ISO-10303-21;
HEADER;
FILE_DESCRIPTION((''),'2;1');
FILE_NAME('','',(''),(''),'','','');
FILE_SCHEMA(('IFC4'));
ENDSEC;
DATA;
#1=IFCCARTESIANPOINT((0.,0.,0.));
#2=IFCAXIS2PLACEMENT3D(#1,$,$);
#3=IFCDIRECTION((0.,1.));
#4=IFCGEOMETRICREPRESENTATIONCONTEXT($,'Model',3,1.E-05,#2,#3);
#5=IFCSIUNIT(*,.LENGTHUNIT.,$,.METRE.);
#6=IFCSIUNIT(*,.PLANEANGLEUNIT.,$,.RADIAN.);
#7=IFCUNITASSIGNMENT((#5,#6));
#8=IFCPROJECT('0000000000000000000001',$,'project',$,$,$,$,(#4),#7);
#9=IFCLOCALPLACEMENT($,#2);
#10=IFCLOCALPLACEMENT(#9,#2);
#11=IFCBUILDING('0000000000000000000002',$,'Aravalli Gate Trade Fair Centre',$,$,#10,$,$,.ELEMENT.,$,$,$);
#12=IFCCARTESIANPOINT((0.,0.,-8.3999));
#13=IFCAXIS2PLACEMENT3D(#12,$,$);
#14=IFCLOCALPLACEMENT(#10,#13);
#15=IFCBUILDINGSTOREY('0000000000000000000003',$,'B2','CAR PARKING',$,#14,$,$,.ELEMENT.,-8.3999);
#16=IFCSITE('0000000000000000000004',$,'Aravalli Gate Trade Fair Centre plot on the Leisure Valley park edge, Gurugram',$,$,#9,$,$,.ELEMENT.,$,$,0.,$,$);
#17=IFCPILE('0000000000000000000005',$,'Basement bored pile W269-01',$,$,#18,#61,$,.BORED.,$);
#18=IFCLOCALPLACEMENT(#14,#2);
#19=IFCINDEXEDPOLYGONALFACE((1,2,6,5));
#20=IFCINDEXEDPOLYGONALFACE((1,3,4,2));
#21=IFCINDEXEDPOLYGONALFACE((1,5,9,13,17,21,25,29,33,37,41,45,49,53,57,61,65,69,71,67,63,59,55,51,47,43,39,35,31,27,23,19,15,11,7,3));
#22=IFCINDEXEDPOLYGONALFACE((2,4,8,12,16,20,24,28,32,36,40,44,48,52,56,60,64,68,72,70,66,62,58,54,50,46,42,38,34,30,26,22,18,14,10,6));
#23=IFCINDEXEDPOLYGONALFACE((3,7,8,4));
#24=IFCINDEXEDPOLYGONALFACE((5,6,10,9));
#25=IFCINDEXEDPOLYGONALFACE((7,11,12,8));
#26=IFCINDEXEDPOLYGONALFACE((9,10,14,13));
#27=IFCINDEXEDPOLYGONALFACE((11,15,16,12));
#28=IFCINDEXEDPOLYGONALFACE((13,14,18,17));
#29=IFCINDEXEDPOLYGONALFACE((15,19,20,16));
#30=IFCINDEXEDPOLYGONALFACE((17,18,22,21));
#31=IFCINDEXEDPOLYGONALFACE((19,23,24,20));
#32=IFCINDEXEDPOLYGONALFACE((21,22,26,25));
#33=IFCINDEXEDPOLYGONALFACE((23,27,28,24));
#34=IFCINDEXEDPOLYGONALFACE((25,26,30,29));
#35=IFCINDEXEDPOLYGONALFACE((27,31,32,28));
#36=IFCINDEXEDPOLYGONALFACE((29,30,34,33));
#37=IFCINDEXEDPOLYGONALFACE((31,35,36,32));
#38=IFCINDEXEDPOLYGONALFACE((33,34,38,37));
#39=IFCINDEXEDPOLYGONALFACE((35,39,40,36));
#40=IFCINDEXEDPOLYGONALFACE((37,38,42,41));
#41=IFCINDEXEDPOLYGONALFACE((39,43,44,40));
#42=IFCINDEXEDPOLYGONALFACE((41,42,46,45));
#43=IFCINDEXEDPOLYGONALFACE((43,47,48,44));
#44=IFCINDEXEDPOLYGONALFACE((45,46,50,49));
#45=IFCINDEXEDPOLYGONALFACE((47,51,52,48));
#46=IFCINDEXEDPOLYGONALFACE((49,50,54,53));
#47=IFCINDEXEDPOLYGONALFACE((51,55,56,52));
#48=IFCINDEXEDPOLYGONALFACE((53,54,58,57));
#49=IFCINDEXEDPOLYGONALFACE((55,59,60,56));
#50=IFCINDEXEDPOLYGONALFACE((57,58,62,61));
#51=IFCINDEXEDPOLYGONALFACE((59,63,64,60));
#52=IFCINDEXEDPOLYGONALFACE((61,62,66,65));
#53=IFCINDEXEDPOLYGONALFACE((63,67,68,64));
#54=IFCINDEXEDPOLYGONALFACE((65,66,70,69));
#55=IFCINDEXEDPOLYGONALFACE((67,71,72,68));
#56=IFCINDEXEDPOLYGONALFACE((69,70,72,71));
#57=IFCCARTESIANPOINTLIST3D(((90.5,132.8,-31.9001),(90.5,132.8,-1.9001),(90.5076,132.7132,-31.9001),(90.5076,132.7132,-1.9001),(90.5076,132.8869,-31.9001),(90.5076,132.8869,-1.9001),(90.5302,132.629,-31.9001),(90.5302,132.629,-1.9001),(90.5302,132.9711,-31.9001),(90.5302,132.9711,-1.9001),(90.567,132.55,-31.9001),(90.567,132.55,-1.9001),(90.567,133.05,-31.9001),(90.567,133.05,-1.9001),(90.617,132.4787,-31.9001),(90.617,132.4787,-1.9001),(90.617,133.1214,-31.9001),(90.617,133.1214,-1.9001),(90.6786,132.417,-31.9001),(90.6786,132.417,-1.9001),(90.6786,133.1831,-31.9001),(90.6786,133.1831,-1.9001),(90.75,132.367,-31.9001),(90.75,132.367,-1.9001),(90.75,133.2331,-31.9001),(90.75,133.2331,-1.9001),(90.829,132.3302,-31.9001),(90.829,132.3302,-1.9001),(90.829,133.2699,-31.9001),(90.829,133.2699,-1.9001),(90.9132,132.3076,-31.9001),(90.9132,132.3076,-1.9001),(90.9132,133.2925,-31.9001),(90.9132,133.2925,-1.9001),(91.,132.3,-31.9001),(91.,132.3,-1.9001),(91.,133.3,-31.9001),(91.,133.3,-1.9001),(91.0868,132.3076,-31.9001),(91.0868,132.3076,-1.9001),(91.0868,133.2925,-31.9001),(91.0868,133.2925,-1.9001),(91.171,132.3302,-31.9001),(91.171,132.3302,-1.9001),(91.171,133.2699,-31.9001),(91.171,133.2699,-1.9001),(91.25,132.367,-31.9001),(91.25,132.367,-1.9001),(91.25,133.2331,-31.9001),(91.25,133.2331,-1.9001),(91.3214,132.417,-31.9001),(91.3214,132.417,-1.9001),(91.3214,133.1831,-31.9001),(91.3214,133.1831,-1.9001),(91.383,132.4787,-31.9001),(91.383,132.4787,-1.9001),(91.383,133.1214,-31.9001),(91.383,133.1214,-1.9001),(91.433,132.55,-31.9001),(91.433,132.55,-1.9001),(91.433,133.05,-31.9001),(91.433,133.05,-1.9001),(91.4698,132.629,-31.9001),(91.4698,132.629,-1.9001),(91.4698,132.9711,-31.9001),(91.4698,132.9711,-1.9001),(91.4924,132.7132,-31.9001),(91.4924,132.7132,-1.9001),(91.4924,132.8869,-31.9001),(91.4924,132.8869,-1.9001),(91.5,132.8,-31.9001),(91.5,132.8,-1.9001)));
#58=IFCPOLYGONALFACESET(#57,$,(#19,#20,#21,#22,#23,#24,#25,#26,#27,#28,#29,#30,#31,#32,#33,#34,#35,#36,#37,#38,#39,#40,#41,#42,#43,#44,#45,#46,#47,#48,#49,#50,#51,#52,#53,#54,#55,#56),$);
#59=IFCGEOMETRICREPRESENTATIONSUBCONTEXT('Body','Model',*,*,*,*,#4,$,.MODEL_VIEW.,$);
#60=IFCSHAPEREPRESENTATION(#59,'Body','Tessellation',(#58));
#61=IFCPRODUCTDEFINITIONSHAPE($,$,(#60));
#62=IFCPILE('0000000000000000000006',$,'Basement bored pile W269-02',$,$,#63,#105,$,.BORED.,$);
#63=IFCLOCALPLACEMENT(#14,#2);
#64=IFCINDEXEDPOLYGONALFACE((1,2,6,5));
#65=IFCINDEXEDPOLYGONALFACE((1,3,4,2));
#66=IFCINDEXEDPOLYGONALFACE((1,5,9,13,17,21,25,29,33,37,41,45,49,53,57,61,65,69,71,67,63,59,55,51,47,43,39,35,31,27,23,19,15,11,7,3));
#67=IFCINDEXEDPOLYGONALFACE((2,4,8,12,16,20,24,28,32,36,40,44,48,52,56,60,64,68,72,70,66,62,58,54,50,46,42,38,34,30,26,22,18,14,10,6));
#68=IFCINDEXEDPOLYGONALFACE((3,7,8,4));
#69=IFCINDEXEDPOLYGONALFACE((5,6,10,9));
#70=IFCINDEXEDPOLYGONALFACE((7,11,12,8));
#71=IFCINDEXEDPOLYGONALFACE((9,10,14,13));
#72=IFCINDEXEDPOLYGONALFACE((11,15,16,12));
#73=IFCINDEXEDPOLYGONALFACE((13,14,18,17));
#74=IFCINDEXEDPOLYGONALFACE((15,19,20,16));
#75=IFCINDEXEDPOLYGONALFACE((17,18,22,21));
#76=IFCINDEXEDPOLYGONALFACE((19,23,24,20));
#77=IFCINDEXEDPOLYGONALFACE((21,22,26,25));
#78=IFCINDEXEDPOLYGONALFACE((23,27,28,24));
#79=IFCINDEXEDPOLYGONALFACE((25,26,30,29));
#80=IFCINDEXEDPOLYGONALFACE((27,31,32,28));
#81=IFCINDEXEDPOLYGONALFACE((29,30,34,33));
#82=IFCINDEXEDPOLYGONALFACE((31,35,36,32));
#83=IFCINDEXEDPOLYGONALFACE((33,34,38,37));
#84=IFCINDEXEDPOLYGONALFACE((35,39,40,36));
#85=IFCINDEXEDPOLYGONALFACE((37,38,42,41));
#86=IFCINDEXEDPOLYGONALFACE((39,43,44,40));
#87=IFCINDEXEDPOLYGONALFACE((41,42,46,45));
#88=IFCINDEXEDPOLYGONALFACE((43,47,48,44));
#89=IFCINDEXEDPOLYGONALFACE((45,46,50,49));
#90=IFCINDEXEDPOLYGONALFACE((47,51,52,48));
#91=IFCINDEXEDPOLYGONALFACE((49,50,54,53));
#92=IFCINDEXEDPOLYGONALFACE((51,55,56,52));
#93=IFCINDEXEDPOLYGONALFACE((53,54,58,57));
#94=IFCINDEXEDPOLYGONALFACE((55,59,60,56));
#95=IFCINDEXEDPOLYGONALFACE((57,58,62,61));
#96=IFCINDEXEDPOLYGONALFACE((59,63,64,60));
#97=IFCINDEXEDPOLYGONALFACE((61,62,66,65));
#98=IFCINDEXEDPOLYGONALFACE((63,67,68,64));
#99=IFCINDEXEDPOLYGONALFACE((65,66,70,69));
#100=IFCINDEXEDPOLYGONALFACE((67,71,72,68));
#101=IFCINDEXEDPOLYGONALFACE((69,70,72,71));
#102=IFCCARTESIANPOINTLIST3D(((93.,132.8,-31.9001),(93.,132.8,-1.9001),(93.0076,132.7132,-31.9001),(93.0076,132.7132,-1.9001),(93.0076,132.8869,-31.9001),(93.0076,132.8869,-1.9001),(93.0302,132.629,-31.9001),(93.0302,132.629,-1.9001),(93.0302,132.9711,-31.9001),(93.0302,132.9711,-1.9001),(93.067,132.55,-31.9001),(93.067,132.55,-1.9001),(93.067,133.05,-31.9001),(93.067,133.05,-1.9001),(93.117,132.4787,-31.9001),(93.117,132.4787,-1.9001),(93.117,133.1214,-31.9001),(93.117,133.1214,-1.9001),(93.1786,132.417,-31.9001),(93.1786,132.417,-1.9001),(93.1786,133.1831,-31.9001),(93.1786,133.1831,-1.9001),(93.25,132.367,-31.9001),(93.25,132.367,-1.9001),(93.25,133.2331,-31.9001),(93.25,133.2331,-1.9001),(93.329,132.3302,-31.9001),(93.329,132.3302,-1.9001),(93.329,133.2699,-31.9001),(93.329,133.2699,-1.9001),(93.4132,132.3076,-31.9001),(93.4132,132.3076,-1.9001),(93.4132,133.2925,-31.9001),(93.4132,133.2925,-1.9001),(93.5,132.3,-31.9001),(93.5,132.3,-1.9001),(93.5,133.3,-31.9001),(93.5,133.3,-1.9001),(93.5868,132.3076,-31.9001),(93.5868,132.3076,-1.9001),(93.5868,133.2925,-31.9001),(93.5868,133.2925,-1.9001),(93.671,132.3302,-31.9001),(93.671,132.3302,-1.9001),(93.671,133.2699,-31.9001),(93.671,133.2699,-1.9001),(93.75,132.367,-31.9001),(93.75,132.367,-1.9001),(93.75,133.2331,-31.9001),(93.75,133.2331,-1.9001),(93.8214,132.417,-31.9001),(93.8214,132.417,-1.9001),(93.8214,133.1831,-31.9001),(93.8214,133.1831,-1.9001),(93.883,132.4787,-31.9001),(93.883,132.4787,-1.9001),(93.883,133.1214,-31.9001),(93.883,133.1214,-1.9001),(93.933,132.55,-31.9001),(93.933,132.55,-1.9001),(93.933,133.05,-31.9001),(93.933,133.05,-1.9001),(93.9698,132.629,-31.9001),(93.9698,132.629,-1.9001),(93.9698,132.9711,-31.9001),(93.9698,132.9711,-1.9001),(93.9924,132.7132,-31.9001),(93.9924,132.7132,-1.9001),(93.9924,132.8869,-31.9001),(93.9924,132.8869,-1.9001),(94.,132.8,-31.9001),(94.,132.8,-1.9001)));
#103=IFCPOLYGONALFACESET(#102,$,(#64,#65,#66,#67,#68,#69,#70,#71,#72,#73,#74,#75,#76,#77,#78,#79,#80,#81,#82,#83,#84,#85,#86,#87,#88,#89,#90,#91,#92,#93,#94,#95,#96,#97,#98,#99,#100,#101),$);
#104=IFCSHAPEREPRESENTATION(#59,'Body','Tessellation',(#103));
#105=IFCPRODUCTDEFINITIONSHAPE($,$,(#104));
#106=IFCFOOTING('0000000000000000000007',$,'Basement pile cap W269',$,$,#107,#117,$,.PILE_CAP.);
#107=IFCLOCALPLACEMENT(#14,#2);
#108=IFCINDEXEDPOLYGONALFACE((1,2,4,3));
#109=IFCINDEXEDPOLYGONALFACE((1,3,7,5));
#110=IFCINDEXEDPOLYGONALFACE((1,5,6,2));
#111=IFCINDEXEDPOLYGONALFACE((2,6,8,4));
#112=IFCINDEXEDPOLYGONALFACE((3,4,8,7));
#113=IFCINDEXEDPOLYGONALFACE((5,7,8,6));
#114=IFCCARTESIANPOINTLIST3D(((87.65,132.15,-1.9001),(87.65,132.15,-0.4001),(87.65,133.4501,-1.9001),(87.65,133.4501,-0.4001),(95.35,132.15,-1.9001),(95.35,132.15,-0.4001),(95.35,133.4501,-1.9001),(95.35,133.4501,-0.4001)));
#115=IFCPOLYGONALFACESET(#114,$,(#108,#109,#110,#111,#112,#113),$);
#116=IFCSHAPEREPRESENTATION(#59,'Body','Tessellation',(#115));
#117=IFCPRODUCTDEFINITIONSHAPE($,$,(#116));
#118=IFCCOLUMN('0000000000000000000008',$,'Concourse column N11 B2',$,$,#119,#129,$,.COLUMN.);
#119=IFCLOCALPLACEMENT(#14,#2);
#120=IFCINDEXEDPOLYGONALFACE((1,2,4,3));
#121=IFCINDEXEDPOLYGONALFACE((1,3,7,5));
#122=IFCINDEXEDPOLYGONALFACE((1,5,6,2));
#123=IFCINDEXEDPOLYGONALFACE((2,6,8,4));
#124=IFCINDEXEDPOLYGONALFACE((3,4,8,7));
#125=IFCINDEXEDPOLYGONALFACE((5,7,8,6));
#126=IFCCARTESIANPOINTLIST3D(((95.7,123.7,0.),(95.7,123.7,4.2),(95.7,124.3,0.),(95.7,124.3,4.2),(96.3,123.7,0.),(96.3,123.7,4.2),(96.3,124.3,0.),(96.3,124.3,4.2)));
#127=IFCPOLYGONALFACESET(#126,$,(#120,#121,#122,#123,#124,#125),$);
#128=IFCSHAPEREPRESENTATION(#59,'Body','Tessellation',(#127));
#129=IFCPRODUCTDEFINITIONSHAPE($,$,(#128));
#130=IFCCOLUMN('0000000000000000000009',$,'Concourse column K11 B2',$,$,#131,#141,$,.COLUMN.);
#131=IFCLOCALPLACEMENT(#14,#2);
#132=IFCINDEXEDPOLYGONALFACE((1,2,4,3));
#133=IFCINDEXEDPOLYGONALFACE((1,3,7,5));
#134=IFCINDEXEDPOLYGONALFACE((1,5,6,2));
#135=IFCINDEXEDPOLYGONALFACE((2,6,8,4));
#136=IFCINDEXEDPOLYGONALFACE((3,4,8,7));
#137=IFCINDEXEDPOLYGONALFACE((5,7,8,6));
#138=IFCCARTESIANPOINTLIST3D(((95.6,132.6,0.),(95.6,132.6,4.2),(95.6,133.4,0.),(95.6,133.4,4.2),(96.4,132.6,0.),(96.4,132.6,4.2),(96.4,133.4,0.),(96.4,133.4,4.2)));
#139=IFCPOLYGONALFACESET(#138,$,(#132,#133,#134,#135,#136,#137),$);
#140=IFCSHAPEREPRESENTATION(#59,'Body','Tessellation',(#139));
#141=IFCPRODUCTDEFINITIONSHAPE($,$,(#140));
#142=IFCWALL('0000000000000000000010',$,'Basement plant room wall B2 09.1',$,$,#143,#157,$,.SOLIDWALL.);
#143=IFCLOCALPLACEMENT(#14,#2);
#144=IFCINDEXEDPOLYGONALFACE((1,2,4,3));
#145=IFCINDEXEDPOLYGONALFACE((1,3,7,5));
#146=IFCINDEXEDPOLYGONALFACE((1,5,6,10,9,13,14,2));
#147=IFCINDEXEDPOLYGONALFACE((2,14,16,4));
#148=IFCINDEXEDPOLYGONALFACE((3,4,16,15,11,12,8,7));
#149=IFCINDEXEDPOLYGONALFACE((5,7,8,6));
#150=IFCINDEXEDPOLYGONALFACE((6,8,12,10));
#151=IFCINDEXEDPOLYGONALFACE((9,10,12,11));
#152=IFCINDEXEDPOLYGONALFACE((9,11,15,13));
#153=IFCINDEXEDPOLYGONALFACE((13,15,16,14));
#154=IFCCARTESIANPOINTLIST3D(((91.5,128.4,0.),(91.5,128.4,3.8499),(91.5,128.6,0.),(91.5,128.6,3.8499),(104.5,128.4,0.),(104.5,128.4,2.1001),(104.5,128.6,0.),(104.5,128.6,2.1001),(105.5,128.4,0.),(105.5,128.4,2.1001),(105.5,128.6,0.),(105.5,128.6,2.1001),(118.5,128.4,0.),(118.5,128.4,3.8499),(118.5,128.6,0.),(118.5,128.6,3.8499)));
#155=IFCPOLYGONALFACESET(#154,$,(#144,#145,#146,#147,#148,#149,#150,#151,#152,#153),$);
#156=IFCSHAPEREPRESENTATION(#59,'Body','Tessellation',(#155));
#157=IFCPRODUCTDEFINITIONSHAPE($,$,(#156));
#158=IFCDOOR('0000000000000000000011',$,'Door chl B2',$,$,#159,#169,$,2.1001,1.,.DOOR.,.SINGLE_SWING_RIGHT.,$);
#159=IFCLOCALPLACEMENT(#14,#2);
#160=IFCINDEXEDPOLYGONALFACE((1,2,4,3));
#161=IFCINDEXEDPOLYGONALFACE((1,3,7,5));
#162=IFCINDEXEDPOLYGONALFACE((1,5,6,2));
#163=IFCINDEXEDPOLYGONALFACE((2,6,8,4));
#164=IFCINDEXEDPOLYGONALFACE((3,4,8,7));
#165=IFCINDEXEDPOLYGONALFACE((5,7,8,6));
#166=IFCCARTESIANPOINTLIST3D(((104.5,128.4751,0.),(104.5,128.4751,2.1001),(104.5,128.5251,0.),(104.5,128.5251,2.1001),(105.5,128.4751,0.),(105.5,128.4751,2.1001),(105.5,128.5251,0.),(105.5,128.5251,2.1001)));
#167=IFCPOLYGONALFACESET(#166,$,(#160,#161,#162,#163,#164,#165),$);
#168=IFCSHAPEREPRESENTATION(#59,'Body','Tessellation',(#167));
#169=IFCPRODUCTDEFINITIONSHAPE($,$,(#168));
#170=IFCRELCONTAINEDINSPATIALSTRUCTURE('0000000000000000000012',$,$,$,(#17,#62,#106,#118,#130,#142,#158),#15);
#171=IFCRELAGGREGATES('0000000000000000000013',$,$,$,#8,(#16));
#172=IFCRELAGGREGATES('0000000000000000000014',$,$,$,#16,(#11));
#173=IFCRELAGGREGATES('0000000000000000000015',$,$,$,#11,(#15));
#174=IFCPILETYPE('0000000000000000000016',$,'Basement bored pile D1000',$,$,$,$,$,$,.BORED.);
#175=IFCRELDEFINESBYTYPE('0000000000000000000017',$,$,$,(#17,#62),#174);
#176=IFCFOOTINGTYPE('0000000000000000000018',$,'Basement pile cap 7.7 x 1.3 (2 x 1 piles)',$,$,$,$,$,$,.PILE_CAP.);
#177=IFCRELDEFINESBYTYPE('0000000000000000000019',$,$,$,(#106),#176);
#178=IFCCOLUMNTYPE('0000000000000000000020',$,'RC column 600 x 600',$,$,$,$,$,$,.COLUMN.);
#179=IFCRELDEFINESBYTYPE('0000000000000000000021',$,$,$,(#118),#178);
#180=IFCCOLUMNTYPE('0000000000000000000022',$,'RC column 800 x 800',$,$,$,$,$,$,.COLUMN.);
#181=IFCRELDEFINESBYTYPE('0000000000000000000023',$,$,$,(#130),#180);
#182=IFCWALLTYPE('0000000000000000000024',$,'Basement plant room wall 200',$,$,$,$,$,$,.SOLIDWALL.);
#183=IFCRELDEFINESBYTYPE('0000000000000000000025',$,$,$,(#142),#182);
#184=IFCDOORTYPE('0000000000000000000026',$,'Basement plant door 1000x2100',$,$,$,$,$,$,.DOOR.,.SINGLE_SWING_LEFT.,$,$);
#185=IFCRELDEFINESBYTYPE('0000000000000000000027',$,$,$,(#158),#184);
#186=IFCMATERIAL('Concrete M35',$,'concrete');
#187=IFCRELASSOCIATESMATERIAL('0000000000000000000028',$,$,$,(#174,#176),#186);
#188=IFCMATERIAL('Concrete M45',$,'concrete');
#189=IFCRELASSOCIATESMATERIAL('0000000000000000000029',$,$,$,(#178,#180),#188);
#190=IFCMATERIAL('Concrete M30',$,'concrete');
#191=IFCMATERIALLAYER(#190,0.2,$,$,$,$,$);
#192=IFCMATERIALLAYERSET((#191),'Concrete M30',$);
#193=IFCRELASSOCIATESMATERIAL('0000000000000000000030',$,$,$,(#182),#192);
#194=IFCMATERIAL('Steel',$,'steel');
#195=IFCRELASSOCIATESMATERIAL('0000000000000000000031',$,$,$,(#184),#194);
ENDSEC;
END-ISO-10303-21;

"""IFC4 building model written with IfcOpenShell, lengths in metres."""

from ifc_helpers import new_model, si_unit, direction, frame, frame_2d, origin, origin_2d, place, context, subcontext, project, spatial, rectangle, circle, extrude, material, layer, layer_set, material_profile, profile_set, type_object, element, fill, save


model = new_model("IFC4")

# Units and contexts
model_context = context("Model", 3, precision=1e-05, world=origin(), true_north=direction((0.0, 1.0)))
body_context = subcontext(model_context, "Body", "Model", "MODEL_VIEW")
ifc_project = project(units=[si_unit("LENGTHUNIT", "METRE"), si_unit("PLANEANGLEUNIT", "RADIAN")], contexts=[model_context])

# Site, building, storey
site_placement = place(None, origin())
site = spatial("IfcSite", under=ifc_project, at=site_placement, Name="Aravalli Gate Trade Fair Centre plot on the Leisure Valley park edge, Gurugram", CompositionType="ELEMENT", RefElevation=0.0)
building_placement = place(site_placement, origin())
building = spatial("IfcBuilding", under=site, at=building_placement, Name="Aravalli Gate Trade Fair Centre", CompositionType="ELEMENT")
storey_placement = place(building_placement, frame((0.0, 0.0, -8.3999)))
storey = spatial("IfcBuildingStorey", under=building, at=storey_placement, Name="B2", Description="CAR PARKING", CompositionType="ELEMENT", Elevation=-8.3999)

# Piles
ifc_material_1 = material(Name="Concrete M35", Category="concrete")
ifc_material_profile_1 = material_profile(ifc_material_1, circle(Radius=0.5, at=origin_2d()), Name="D1000")
ifc_profile_set_1 = profile_set([ifc_material_profile_1], Name="Concrete M35")
pile_type = type_object("IfcPileType", Name="Basement bored pile D1000", PredefinedType="BORED", material=ifc_profile_set_1)
for number, where, z_axis, x_axis, name in (
    (1, (91.0, 132.8, -1.9001), (0.0, 0.0, -1.0), (1.0, 0.0, 0.0), "Basement bored pile W269-01"),
    (2, (93.5, 132.8, -1.9001), (0.0, 0.0, -1.0), (1.0, 0.0, 0.0), "Basement bored pile W269-02"),
):
    element("IfcPile", number, at=place(storey_placement, frame(where, z_axis=z_axis, x_axis=x_axis)), inside=storey, type_object=pile_type, Name=name, PredefinedType="BORED", context=body_context, shape_type="SweptSolid", body=[
        extrude(circle(Radius=0.5, at=origin_2d()), origin(), (0.0, 0.0, 1.0), 30.0),
    ])

# Footing
footing_type = type_object("IfcFootingType", Name="Basement pile cap 7.7 x 1.3 (2 x 1 piles)", PredefinedType="PILE_CAP", material=ifc_material_1)
footing_placement = place(storey_placement, frame((91.5, 132.8, -1.9001), z_axis=(0.0, 0.0, 1.0), x_axis=(1.0, 0.0, 0.0)))
element("IfcFooting", 3, at=footing_placement, inside=storey, type_object=footing_type, Name="Basement pile cap W269", PredefinedType="PILE_CAP", context=body_context, shape_type="SweptSolid", body=[
    extrude(rectangle(XDim=7.7, YDim=1.3, at=origin_2d()), origin(), (0.0, 0.0, 1.0), 1.5),
])

# Columns
ifc_material_2 = material(Name="Concrete M45", Category="concrete")
ifc_material_profile_2 = material_profile(ifc_material_2, rectangle(XDim=0.6001, YDim=0.6001, at=origin_2d()), Name="RC column 600 x 600")
ifc_profile_set_2 = profile_set([ifc_material_profile_2], Name="Concrete M45")
column_type_1 = type_object("IfcColumnType", Name="RC column 600 x 600", PredefinedType="COLUMN", material=ifc_profile_set_2)
column_1_placement = place(storey_placement, frame((96.0, 124.0, 0.0), z_axis=(0.0, 0.0, 1.0), x_axis=(1.0, 0.0, 0.0)))
element("IfcColumn", 4, at=column_1_placement, inside=storey, type_object=column_type_1, Name="Concourse column N11 B2", PredefinedType="COLUMN", context=body_context, shape_type="SweptSolid", body=[
    extrude(rectangle(XDim=0.6001, YDim=0.6001, at=origin_2d()), origin(), (0.0, 0.0, 1.0), 4.2),
])
ifc_material_profile_3 = material_profile(ifc_material_2, rectangle(XDim=0.8, YDim=0.8, at=origin_2d()), Name="RC column 800 x 800")
ifc_profile_set_3 = profile_set([ifc_material_profile_3], Name="Concrete M45")
column_type_2 = type_object("IfcColumnType", Name="RC column 800 x 800", PredefinedType="COLUMN", material=ifc_profile_set_3)
column_2_placement = place(storey_placement, frame((96.0, 133.0, 0.0), z_axis=(0.0, 0.0, 1.0), x_axis=(1.0, 0.0, 0.0)))
element("IfcColumn", 5, at=column_2_placement, inside=storey, type_object=column_type_2, Name="Concourse column K11 B2", PredefinedType="COLUMN", context=body_context, shape_type="SweptSolid", body=[
    extrude(rectangle(XDim=0.8, YDim=0.8, at=origin_2d()), origin(), (0.0, 0.0, 1.0), 4.2),
])

# Wall, opening, door
ifc_material_3 = material(Name="Concrete M30", Category="concrete")
ifc_layer_1 = layer(ifc_material_3, 0.2)
ifc_layer_set_1 = layer_set([ifc_layer_1], Name="Concrete M30")
wall_type_1 = type_object("IfcWallType", Name="Basement plant room wall 200", PredefinedType="SOLIDWALL", material=ifc_layer_set_1)
wall_1_placement = place(storey_placement, frame((91.5, 128.5, 0.0), z_axis=(0.0, 0.0, 1.0), x_axis=(1.0, 0.0, 0.0)))
wall_1 = element("IfcWall", 6, at=wall_1_placement, inside=storey, type_object=wall_type_1, Name="Basement plant room wall B2 09.1", PredefinedType="SOLIDWALL", context=body_context, shape_type="SweptSolid", body=[
    extrude(rectangle(XDim=27.0, YDim=0.2, at=frame_2d((13.5, 0.0))), origin(), (0.0, 0.0, 1.0), 3.8499),
])
opening_1_placement = place(wall_1_placement, frame((13.0, 0.0, 0.0)))
opening_1 = element("IfcOpeningElement", 7, at=opening_1_placement, cuts=wall_1, PredefinedType="OPENING", context=body_context, shape_type="SweptSolid", body=[
    extrude(rectangle(XDim=1.0, YDim=2.1001, at=frame_2d((0.5, 1.05))), frame((0.0, 0.1099, 0.0), z_axis=(0.0, -1.0, 0.0), x_axis=(1.0, 0.0, 0.0)), (0.0, 0.0, 1.0), 0.22),
])
ifc_material_4 = material(Name="Steel", Category="steel")
door_type_1 = type_object("IfcDoorType", Name="Basement plant door 1000x2100", OperationType="SINGLE_SWING_LEFT", PredefinedType="DOOR", material=ifc_material_4)
door_1_placement = place(opening_1_placement, frame((1.0, 0.0, 0.0), z_axis=(0.0, 0.0, 1.0), x_axis=(-1.0, 0.0, 0.0)))
door_1 = element("IfcDoor", 8, at=door_1_placement, inside=storey, type_object=door_type_1, Name="Door chl B2", OperationType="SINGLE_SWING_RIGHT", OverallHeight=2.1001, OverallWidth=1.0, PredefinedType="DOOR", context=body_context, shape_type="SweptSolid", body=[
    extrude(rectangle(XDim=1.0, YDim=2.1001, at=frame_2d((0.5, 1.05))), frame((0.0, 0.0249, 0.0), z_axis=(0.0, -1.0, 0.0), x_axis=(1.0, 0.0, 0.0)), (0.0, 0.0, 1.0), 0.05),
])
fill(opening_1, door_1)

save(model, "model.ifc")
